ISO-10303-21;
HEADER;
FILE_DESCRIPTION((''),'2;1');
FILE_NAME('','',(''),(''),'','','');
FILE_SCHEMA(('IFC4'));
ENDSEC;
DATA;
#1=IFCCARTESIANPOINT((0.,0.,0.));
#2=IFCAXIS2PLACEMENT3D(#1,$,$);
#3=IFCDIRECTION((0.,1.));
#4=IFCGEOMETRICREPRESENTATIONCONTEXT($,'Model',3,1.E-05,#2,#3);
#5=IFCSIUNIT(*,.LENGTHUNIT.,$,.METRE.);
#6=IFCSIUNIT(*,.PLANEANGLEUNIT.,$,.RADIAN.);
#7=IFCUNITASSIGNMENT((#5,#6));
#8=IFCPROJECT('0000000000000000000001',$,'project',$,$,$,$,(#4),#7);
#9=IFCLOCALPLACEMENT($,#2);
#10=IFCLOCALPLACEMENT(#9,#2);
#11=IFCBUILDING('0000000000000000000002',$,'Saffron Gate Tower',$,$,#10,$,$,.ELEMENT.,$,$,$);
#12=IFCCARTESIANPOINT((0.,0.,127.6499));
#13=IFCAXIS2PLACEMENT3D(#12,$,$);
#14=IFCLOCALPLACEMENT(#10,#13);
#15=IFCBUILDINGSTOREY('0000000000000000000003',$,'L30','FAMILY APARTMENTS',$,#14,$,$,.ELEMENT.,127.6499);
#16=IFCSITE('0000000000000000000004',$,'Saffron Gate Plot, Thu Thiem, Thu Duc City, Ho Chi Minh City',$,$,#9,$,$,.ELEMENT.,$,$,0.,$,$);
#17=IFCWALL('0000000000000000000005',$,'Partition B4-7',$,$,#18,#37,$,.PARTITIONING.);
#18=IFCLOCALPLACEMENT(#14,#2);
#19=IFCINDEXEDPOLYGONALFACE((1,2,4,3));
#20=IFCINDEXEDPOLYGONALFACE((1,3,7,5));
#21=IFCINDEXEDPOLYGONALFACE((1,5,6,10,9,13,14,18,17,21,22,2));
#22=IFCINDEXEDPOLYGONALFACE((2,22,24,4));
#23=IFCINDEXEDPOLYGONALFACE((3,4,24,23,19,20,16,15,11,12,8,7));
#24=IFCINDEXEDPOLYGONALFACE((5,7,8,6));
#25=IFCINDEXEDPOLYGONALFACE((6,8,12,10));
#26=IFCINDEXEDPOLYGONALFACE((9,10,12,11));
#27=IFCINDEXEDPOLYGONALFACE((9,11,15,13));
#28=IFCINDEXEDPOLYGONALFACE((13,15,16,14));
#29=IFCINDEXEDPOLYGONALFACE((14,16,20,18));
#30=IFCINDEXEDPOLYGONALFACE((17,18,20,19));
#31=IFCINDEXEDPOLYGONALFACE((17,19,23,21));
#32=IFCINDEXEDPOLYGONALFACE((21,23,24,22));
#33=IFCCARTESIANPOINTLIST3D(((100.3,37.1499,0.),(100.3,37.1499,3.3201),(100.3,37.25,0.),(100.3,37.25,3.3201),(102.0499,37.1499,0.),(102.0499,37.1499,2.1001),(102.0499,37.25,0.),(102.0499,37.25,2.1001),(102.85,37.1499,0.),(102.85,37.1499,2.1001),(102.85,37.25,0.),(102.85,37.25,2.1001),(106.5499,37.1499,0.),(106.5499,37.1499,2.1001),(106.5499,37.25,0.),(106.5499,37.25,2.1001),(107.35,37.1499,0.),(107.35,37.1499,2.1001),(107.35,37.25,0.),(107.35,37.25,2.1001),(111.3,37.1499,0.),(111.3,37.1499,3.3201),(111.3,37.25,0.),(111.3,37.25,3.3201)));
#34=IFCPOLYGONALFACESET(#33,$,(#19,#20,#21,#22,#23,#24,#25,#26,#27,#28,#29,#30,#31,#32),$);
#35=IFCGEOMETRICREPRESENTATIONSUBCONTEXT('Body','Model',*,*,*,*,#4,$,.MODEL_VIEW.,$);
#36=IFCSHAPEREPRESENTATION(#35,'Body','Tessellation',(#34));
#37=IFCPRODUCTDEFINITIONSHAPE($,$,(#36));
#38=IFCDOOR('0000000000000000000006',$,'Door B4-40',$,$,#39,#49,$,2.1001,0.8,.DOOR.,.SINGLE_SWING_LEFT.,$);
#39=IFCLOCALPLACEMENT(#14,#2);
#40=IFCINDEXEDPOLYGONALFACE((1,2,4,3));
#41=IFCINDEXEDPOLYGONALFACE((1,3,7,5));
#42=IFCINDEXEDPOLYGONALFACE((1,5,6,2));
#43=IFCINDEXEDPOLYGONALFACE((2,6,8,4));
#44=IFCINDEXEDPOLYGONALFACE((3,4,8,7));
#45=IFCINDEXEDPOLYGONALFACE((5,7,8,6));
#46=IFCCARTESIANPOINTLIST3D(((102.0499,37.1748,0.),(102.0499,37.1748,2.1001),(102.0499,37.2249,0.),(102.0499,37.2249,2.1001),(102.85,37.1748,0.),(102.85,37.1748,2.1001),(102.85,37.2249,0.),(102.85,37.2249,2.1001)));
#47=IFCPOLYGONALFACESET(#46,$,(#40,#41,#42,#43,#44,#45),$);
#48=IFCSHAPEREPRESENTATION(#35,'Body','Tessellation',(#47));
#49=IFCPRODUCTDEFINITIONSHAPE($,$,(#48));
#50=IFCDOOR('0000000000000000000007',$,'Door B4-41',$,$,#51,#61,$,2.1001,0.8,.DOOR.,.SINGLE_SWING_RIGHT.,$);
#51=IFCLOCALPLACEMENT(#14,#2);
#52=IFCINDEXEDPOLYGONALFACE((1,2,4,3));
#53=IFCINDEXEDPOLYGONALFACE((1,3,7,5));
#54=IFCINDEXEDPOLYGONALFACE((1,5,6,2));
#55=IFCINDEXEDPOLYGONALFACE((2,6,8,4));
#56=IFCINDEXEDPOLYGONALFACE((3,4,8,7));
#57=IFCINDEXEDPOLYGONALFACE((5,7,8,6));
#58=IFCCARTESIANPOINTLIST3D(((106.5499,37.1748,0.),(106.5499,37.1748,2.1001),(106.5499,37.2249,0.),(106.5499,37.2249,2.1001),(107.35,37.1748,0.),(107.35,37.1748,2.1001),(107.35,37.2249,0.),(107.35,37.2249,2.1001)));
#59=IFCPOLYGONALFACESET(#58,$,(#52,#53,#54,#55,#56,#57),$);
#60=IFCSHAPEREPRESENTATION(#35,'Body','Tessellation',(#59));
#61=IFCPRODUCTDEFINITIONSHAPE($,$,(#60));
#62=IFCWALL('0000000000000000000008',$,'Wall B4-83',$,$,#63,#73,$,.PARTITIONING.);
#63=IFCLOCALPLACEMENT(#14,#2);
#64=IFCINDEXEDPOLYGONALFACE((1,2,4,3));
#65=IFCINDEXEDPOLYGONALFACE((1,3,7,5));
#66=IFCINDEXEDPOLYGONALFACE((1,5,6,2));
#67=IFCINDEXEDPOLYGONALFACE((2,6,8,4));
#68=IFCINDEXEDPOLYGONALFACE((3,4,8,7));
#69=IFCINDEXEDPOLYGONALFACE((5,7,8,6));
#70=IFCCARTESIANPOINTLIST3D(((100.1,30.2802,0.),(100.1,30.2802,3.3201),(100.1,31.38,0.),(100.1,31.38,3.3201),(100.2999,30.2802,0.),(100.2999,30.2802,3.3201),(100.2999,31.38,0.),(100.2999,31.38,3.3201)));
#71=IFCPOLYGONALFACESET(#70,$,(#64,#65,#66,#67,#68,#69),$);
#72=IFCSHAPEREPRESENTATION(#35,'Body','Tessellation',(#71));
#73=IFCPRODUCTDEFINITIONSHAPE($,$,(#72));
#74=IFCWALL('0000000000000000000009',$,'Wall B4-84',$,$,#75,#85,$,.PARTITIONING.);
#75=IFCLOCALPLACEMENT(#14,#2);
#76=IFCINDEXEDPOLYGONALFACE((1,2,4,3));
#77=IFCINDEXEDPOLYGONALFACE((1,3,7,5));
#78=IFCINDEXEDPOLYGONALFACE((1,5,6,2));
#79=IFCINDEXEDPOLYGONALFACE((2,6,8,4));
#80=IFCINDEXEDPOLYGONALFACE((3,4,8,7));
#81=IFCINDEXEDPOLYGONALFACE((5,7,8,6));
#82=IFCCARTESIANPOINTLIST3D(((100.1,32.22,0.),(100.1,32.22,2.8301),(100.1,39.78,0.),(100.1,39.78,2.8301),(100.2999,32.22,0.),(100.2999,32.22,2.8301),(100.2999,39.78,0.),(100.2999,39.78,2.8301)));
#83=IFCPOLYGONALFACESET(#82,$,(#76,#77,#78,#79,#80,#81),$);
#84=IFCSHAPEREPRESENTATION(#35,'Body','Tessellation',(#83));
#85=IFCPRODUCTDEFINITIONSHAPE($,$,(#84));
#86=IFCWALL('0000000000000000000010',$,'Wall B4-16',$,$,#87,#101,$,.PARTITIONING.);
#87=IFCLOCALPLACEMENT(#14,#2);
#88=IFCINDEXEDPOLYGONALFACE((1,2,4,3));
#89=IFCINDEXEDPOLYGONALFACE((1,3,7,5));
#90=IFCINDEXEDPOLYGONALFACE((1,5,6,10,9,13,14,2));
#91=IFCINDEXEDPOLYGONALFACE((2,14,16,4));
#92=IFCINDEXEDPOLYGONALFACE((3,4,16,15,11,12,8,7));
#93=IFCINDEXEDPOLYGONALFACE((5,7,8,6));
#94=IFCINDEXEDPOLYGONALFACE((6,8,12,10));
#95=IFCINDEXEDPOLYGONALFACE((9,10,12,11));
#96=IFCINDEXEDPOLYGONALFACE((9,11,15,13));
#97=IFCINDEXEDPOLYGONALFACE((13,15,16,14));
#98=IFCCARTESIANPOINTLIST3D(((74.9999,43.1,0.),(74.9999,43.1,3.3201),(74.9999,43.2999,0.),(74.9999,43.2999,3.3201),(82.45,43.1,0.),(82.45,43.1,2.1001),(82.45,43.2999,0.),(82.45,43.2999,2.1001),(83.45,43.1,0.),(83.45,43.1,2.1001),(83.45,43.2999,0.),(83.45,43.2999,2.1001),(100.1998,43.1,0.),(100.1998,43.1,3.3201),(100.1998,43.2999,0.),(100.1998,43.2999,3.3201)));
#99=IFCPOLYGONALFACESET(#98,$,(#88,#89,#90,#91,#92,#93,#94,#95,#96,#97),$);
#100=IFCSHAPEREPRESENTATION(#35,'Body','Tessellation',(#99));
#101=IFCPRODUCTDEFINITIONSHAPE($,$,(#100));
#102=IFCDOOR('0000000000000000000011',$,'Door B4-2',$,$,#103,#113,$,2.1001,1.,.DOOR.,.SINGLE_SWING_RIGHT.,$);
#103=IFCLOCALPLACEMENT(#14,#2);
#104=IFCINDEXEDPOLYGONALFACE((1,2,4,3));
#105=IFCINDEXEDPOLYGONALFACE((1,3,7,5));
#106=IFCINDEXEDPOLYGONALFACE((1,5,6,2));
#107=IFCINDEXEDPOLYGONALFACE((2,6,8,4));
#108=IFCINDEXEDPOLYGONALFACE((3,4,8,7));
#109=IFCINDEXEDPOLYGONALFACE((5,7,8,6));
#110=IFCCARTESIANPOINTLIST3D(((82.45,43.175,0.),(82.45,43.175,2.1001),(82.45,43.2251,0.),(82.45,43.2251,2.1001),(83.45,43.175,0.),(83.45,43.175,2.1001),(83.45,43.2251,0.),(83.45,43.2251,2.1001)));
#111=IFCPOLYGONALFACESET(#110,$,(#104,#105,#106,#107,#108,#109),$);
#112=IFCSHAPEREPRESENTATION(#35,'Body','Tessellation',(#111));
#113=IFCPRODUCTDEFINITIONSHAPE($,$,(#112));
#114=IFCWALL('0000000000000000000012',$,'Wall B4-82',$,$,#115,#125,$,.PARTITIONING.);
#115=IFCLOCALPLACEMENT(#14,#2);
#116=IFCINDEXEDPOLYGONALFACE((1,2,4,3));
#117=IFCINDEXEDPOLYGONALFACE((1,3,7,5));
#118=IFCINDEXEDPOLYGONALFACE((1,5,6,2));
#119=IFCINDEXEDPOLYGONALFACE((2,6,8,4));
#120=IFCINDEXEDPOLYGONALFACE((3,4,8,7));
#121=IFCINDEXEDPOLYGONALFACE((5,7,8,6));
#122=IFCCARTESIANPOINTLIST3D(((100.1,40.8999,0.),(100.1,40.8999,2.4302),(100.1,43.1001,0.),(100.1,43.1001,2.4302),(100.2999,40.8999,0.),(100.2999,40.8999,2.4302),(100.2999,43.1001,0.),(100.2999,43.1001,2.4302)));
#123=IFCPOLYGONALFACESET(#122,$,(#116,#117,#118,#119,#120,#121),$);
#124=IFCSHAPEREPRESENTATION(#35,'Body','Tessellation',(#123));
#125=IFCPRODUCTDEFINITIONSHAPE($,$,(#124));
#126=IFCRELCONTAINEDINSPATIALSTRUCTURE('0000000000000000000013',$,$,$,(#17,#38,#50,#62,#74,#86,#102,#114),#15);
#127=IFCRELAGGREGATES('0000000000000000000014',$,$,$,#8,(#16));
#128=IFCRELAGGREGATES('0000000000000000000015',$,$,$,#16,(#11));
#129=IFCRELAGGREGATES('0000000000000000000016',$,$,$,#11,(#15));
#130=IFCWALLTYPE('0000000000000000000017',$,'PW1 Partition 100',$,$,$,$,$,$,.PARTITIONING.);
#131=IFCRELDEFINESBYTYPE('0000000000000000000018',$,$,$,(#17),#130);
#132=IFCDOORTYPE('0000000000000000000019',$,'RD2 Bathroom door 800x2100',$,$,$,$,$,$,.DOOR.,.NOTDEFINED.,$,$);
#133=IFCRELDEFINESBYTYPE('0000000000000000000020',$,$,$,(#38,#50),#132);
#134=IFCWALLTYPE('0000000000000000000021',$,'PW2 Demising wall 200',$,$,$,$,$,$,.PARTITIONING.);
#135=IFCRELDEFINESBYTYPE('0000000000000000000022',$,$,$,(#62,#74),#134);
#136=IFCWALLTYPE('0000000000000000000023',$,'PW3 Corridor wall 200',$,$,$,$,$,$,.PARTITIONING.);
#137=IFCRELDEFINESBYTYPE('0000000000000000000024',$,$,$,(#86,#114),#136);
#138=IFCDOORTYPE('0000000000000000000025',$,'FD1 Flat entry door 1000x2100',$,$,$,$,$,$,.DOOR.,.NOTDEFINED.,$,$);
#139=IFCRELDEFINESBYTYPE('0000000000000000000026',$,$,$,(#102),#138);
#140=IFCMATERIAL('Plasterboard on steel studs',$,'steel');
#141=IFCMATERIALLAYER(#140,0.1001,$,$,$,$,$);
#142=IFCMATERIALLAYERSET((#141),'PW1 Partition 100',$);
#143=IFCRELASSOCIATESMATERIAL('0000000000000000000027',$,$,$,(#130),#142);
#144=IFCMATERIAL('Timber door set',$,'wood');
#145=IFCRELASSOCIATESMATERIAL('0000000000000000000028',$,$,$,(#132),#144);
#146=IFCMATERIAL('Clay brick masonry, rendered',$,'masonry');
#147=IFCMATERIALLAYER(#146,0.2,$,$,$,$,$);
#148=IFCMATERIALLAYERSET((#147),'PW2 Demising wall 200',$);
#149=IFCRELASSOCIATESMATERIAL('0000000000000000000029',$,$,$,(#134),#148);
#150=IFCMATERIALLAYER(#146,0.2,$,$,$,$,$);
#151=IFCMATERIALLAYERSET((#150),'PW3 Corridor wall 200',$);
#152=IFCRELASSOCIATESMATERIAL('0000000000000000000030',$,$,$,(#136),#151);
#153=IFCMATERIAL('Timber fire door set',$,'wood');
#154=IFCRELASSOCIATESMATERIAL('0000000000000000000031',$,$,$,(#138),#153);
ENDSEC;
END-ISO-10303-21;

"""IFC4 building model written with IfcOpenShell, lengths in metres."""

from ifc_helpers import new_model, si_unit, direction, frame, frame_2d, origin, place, context, subcontext, project, spatial, rectangle, extrude, material, layer, layer_set, type_object, element, fill, save


model = new_model("IFC4")

# Units and contexts
model_context = context("Model", 3, precision=1e-05, world=origin(), true_north=direction((0.0, 1.0)))
body_context = subcontext(model_context, "Body", "Model", "MODEL_VIEW")
ifc_project = project(units=[si_unit("LENGTHUNIT", "METRE"), si_unit("PLANEANGLEUNIT", "RADIAN")], contexts=[model_context])

# Site, building, storey
site_placement = place(None, origin())
site = spatial("IfcSite", under=ifc_project, at=site_placement, Name="Saffron Gate Plot, Thu Thiem, Thu Duc City, Ho Chi Minh City", CompositionType="ELEMENT", RefElevation=0.0)
building_placement = place(site_placement, origin())
building = spatial("IfcBuilding", under=site, at=building_placement, Name="Saffron Gate Tower", CompositionType="ELEMENT")
storey_placement = place(building_placement, frame((0.0, 0.0, 127.6499)))
storey = spatial("IfcBuildingStorey", under=building, at=storey_placement, Name="L30", Description="FAMILY APARTMENTS", CompositionType="ELEMENT", Elevation=127.6499)

# Shared definitions
ifc_material_1 = material(Name="Plasterboard on steel studs", Category="steel")
ifc_layer_1 = layer(ifc_material_1, 0.1001)
ifc_layer_set_1 = layer_set([ifc_layer_1], Name="PW1 Partition 100")
wall_type_1 = type_object("IfcWallType", Name="PW1 Partition 100", PredefinedType="PARTITIONING", material=ifc_layer_set_1)

# Wall, openings, doors
wall_1_placement = place(storey_placement, frame((100.3, 37.2, 0.0), z_axis=(0.0, 0.0, 1.0), x_axis=(1.0, 0.0, 0.0)))
wall_1 = element("IfcWall", 1, at=wall_1_placement, inside=storey, type_object=wall_type_1, Name="Partition B4-7", PredefinedType="PARTITIONING", context=body_context, shape_type="SweptSolid", body=[
    extrude(rectangle(XDim=11.0, YDim=0.1001, at=frame_2d((5.5, 0.0))), origin(), (0.0, 0.0, 1.0), 3.3201),
])
opening_1_placement = place(wall_1_placement, frame((1.75, 0.0, 0.0)))
opening_1 = element("IfcOpeningElement", 2, at=opening_1_placement, cuts=wall_1, PredefinedType="OPENING", context=body_context, shape_type="SweptSolid", body=[
    extrude(rectangle(XDim=0.8, YDim=2.1001, at=frame_2d((0.3999, 1.05))), frame((0.0, 0.0601, 0.0), z_axis=(0.0, -1.0, 0.0), x_axis=(1.0, 0.0, 0.0)), (0.0, 0.0, 1.0), 0.1201),
])
opening_2_placement = place(wall_1_placement, frame((6.25, 0.0, 0.0)))
opening_2 = element("IfcOpeningElement", 3, at=opening_2_placement, cuts=wall_1, PredefinedType="OPENING", context=body_context, shape_type="SweptSolid", body=[
    extrude(rectangle(XDim=0.8, YDim=2.1001, at=frame_2d((0.3999, 1.05))), frame((0.0, 0.0601, 0.0), z_axis=(0.0, -1.0, 0.0), x_axis=(1.0, 0.0, 0.0)), (0.0, 0.0, 1.0), 0.1201),
])
ifc_material_2 = material(Name="Timber door set", Category="wood")
door_type_1 = type_object("IfcDoorType", Name="RD2 Bathroom door 800x2100", OperationType="NOTDEFINED", PredefinedType="DOOR", material=ifc_material_2)
door_1_placement = place(opening_1_placement, origin())
door_1 = element("IfcDoor", 4, at=door_1_placement, inside=storey, type_object=door_type_1, Name="Door B4-40", OperationType="SINGLE_SWING_LEFT", OverallHeight=2.1001, OverallWidth=0.8, PredefinedType="DOOR", context=body_context, shape_type="SweptSolid", body=[
    extrude(rectangle(XDim=0.8, YDim=2.1001, at=frame_2d((0.3999, 1.05))), frame((0.0, 0.0249, 0.0), z_axis=(0.0, -1.0, 0.0), x_axis=(1.0, 0.0, 0.0)), (0.0, 0.0, 1.0), 0.05),
])
fill(opening_1, door_1)
door_2_placement = place(opening_2_placement, origin())
door_2 = element("IfcDoor", 5, at=door_2_placement, inside=storey, type_object=door_type_1, Name="Door B4-41", OperationType="SINGLE_SWING_RIGHT", OverallHeight=2.1001, OverallWidth=0.8, PredefinedType="DOOR", context=body_context, shape_type="SweptSolid", body=[
    extrude(rectangle(XDim=0.8, YDim=2.1001, at=frame_2d((0.3999, 1.05))), frame((0.0, 0.0249, 0.0), z_axis=(0.0, -1.0, 0.0), x_axis=(1.0, 0.0, 0.0)), (0.0, 0.0, 1.0), 0.05),
])
fill(opening_2, door_2)

# Walls
ifc_material_3 = material(Name="Clay brick masonry, rendered", Category="masonry")
ifc_layer_2 = layer(ifc_material_3, 0.2)
ifc_layer_set_2 = layer_set([ifc_layer_2], Name="PW2 Demising wall 200")
wall_type_2 = type_object("IfcWallType", Name="PW2 Demising wall 200", PredefinedType="PARTITIONING", material=ifc_layer_set_2)
wall_2_placement = place(storey_placement, frame((100.2, 31.3799, 0.0), z_axis=(0.0, 0.0, 1.0), x_axis=(0.0, -1.0, 0.0)))
element("IfcWall", 6, at=wall_2_placement, inside=storey, type_object=wall_type_2, Name="Wall B4-83", PredefinedType="PARTITIONING", context=body_context, shape_type="SweptSolid", body=[
    extrude(rectangle(XDim=1.0999, YDim=0.2, at=frame_2d((0.5498, 0.0))), origin(), (0.0, 0.0, 1.0), 3.3201),
])
wall_3_placement = place(storey_placement, frame((100.2, 39.78, 0.0), z_axis=(0.0, 0.0, 1.0), x_axis=(0.0, -1.0, 0.0)))
element("IfcWall", 7, at=wall_3_placement, inside=storey, type_object=wall_type_2, Name="Wall B4-84", PredefinedType="PARTITIONING", context=body_context, shape_type="SweptSolid", body=[
    extrude(rectangle(XDim=7.5601, YDim=0.2, at=frame_2d((3.78, 0.0))), origin(), (0.0, 0.0, 1.0), 2.8301),
])

# Wall, opening, door
ifc_layer_3 = layer(ifc_material_3, 0.2)
ifc_layer_set_3 = layer_set([ifc_layer_3], Name="PW3 Corridor wall 200")
wall_type_3 = type_object("IfcWallType", Name="PW3 Corridor wall 200", PredefinedType="PARTITIONING", material=ifc_layer_set_3)
wall_4_placement = place(storey_placement, frame((100.2, 43.2, 0.0), z_axis=(0.0, 0.0, 1.0), x_axis=(-1.0, 0.0, 0.0)))
wall_4 = element("IfcWall", 8, at=wall_4_placement, inside=storey, type_object=wall_type_3, Name="Wall B4-16", PredefinedType="PARTITIONING", context=body_context, shape_type="SweptSolid", body=[
    extrude(rectangle(XDim=25.2, YDim=0.2, at=frame_2d((12.6001, 0.0))), origin(), (0.0, 0.0, 1.0), 3.3201),
])
opening_3_placement = place(wall_4_placement, frame((16.75, 0.0, 0.0)))
opening_3 = element("IfcOpeningElement", 9, at=opening_3_placement, cuts=wall_4, PredefinedType="OPENING", context=body_context, shape_type="SweptSolid", body=[
    extrude(rectangle(XDim=1.0, YDim=2.1001, at=frame_2d((0.5, 1.05))), frame((0.0, 0.1099, 0.0), z_axis=(0.0, -1.0, 0.0), x_axis=(1.0, 0.0, 0.0)), (0.0, 0.0, 1.0), 0.22),
])
ifc_material_4 = material(Name="Timber fire door set", Category="wood")
door_type_2 = type_object("IfcDoorType", Name="FD1 Flat entry door 1000x2100", OperationType="NOTDEFINED", PredefinedType="DOOR", material=ifc_material_4)
door_3_placement = place(opening_3_placement, origin())
door_3 = element("IfcDoor", 10, at=door_3_placement, inside=storey, type_object=door_type_2, Name="Door B4-2", OperationType="SINGLE_SWING_RIGHT", OverallHeight=2.1001, OverallWidth=1.0, PredefinedType="DOOR", context=body_context, shape_type="SweptSolid", body=[
    extrude(rectangle(XDim=1.0, YDim=2.1001, at=frame_2d((0.5, 1.05))), frame((0.0, 0.0249, 0.0), z_axis=(0.0, -1.0, 0.0), x_axis=(1.0, 0.0, 0.0)), (0.0, 0.0, 1.0), 0.05),
])
fill(opening_3, door_3)

# Wall
wall_5_placement = place(storey_placement, frame((100.2, 43.1001, 0.0), z_axis=(0.0, 0.0, 1.0), x_axis=(0.0, -1.0, 0.0)))
element("IfcWall", 11, at=wall_5_placement, inside=storey, type_object=wall_type_3, Name="Wall B4-82", PredefinedType="PARTITIONING", context=body_context, shape_type="SweptSolid", body=[
    extrude(rectangle(XDim=2.2002, YDim=0.2, at=frame_2d((1.1001, 0.0))), origin(), (0.0, 0.0, 1.0), 2.4302),
])

save(model, "model.ifc")
